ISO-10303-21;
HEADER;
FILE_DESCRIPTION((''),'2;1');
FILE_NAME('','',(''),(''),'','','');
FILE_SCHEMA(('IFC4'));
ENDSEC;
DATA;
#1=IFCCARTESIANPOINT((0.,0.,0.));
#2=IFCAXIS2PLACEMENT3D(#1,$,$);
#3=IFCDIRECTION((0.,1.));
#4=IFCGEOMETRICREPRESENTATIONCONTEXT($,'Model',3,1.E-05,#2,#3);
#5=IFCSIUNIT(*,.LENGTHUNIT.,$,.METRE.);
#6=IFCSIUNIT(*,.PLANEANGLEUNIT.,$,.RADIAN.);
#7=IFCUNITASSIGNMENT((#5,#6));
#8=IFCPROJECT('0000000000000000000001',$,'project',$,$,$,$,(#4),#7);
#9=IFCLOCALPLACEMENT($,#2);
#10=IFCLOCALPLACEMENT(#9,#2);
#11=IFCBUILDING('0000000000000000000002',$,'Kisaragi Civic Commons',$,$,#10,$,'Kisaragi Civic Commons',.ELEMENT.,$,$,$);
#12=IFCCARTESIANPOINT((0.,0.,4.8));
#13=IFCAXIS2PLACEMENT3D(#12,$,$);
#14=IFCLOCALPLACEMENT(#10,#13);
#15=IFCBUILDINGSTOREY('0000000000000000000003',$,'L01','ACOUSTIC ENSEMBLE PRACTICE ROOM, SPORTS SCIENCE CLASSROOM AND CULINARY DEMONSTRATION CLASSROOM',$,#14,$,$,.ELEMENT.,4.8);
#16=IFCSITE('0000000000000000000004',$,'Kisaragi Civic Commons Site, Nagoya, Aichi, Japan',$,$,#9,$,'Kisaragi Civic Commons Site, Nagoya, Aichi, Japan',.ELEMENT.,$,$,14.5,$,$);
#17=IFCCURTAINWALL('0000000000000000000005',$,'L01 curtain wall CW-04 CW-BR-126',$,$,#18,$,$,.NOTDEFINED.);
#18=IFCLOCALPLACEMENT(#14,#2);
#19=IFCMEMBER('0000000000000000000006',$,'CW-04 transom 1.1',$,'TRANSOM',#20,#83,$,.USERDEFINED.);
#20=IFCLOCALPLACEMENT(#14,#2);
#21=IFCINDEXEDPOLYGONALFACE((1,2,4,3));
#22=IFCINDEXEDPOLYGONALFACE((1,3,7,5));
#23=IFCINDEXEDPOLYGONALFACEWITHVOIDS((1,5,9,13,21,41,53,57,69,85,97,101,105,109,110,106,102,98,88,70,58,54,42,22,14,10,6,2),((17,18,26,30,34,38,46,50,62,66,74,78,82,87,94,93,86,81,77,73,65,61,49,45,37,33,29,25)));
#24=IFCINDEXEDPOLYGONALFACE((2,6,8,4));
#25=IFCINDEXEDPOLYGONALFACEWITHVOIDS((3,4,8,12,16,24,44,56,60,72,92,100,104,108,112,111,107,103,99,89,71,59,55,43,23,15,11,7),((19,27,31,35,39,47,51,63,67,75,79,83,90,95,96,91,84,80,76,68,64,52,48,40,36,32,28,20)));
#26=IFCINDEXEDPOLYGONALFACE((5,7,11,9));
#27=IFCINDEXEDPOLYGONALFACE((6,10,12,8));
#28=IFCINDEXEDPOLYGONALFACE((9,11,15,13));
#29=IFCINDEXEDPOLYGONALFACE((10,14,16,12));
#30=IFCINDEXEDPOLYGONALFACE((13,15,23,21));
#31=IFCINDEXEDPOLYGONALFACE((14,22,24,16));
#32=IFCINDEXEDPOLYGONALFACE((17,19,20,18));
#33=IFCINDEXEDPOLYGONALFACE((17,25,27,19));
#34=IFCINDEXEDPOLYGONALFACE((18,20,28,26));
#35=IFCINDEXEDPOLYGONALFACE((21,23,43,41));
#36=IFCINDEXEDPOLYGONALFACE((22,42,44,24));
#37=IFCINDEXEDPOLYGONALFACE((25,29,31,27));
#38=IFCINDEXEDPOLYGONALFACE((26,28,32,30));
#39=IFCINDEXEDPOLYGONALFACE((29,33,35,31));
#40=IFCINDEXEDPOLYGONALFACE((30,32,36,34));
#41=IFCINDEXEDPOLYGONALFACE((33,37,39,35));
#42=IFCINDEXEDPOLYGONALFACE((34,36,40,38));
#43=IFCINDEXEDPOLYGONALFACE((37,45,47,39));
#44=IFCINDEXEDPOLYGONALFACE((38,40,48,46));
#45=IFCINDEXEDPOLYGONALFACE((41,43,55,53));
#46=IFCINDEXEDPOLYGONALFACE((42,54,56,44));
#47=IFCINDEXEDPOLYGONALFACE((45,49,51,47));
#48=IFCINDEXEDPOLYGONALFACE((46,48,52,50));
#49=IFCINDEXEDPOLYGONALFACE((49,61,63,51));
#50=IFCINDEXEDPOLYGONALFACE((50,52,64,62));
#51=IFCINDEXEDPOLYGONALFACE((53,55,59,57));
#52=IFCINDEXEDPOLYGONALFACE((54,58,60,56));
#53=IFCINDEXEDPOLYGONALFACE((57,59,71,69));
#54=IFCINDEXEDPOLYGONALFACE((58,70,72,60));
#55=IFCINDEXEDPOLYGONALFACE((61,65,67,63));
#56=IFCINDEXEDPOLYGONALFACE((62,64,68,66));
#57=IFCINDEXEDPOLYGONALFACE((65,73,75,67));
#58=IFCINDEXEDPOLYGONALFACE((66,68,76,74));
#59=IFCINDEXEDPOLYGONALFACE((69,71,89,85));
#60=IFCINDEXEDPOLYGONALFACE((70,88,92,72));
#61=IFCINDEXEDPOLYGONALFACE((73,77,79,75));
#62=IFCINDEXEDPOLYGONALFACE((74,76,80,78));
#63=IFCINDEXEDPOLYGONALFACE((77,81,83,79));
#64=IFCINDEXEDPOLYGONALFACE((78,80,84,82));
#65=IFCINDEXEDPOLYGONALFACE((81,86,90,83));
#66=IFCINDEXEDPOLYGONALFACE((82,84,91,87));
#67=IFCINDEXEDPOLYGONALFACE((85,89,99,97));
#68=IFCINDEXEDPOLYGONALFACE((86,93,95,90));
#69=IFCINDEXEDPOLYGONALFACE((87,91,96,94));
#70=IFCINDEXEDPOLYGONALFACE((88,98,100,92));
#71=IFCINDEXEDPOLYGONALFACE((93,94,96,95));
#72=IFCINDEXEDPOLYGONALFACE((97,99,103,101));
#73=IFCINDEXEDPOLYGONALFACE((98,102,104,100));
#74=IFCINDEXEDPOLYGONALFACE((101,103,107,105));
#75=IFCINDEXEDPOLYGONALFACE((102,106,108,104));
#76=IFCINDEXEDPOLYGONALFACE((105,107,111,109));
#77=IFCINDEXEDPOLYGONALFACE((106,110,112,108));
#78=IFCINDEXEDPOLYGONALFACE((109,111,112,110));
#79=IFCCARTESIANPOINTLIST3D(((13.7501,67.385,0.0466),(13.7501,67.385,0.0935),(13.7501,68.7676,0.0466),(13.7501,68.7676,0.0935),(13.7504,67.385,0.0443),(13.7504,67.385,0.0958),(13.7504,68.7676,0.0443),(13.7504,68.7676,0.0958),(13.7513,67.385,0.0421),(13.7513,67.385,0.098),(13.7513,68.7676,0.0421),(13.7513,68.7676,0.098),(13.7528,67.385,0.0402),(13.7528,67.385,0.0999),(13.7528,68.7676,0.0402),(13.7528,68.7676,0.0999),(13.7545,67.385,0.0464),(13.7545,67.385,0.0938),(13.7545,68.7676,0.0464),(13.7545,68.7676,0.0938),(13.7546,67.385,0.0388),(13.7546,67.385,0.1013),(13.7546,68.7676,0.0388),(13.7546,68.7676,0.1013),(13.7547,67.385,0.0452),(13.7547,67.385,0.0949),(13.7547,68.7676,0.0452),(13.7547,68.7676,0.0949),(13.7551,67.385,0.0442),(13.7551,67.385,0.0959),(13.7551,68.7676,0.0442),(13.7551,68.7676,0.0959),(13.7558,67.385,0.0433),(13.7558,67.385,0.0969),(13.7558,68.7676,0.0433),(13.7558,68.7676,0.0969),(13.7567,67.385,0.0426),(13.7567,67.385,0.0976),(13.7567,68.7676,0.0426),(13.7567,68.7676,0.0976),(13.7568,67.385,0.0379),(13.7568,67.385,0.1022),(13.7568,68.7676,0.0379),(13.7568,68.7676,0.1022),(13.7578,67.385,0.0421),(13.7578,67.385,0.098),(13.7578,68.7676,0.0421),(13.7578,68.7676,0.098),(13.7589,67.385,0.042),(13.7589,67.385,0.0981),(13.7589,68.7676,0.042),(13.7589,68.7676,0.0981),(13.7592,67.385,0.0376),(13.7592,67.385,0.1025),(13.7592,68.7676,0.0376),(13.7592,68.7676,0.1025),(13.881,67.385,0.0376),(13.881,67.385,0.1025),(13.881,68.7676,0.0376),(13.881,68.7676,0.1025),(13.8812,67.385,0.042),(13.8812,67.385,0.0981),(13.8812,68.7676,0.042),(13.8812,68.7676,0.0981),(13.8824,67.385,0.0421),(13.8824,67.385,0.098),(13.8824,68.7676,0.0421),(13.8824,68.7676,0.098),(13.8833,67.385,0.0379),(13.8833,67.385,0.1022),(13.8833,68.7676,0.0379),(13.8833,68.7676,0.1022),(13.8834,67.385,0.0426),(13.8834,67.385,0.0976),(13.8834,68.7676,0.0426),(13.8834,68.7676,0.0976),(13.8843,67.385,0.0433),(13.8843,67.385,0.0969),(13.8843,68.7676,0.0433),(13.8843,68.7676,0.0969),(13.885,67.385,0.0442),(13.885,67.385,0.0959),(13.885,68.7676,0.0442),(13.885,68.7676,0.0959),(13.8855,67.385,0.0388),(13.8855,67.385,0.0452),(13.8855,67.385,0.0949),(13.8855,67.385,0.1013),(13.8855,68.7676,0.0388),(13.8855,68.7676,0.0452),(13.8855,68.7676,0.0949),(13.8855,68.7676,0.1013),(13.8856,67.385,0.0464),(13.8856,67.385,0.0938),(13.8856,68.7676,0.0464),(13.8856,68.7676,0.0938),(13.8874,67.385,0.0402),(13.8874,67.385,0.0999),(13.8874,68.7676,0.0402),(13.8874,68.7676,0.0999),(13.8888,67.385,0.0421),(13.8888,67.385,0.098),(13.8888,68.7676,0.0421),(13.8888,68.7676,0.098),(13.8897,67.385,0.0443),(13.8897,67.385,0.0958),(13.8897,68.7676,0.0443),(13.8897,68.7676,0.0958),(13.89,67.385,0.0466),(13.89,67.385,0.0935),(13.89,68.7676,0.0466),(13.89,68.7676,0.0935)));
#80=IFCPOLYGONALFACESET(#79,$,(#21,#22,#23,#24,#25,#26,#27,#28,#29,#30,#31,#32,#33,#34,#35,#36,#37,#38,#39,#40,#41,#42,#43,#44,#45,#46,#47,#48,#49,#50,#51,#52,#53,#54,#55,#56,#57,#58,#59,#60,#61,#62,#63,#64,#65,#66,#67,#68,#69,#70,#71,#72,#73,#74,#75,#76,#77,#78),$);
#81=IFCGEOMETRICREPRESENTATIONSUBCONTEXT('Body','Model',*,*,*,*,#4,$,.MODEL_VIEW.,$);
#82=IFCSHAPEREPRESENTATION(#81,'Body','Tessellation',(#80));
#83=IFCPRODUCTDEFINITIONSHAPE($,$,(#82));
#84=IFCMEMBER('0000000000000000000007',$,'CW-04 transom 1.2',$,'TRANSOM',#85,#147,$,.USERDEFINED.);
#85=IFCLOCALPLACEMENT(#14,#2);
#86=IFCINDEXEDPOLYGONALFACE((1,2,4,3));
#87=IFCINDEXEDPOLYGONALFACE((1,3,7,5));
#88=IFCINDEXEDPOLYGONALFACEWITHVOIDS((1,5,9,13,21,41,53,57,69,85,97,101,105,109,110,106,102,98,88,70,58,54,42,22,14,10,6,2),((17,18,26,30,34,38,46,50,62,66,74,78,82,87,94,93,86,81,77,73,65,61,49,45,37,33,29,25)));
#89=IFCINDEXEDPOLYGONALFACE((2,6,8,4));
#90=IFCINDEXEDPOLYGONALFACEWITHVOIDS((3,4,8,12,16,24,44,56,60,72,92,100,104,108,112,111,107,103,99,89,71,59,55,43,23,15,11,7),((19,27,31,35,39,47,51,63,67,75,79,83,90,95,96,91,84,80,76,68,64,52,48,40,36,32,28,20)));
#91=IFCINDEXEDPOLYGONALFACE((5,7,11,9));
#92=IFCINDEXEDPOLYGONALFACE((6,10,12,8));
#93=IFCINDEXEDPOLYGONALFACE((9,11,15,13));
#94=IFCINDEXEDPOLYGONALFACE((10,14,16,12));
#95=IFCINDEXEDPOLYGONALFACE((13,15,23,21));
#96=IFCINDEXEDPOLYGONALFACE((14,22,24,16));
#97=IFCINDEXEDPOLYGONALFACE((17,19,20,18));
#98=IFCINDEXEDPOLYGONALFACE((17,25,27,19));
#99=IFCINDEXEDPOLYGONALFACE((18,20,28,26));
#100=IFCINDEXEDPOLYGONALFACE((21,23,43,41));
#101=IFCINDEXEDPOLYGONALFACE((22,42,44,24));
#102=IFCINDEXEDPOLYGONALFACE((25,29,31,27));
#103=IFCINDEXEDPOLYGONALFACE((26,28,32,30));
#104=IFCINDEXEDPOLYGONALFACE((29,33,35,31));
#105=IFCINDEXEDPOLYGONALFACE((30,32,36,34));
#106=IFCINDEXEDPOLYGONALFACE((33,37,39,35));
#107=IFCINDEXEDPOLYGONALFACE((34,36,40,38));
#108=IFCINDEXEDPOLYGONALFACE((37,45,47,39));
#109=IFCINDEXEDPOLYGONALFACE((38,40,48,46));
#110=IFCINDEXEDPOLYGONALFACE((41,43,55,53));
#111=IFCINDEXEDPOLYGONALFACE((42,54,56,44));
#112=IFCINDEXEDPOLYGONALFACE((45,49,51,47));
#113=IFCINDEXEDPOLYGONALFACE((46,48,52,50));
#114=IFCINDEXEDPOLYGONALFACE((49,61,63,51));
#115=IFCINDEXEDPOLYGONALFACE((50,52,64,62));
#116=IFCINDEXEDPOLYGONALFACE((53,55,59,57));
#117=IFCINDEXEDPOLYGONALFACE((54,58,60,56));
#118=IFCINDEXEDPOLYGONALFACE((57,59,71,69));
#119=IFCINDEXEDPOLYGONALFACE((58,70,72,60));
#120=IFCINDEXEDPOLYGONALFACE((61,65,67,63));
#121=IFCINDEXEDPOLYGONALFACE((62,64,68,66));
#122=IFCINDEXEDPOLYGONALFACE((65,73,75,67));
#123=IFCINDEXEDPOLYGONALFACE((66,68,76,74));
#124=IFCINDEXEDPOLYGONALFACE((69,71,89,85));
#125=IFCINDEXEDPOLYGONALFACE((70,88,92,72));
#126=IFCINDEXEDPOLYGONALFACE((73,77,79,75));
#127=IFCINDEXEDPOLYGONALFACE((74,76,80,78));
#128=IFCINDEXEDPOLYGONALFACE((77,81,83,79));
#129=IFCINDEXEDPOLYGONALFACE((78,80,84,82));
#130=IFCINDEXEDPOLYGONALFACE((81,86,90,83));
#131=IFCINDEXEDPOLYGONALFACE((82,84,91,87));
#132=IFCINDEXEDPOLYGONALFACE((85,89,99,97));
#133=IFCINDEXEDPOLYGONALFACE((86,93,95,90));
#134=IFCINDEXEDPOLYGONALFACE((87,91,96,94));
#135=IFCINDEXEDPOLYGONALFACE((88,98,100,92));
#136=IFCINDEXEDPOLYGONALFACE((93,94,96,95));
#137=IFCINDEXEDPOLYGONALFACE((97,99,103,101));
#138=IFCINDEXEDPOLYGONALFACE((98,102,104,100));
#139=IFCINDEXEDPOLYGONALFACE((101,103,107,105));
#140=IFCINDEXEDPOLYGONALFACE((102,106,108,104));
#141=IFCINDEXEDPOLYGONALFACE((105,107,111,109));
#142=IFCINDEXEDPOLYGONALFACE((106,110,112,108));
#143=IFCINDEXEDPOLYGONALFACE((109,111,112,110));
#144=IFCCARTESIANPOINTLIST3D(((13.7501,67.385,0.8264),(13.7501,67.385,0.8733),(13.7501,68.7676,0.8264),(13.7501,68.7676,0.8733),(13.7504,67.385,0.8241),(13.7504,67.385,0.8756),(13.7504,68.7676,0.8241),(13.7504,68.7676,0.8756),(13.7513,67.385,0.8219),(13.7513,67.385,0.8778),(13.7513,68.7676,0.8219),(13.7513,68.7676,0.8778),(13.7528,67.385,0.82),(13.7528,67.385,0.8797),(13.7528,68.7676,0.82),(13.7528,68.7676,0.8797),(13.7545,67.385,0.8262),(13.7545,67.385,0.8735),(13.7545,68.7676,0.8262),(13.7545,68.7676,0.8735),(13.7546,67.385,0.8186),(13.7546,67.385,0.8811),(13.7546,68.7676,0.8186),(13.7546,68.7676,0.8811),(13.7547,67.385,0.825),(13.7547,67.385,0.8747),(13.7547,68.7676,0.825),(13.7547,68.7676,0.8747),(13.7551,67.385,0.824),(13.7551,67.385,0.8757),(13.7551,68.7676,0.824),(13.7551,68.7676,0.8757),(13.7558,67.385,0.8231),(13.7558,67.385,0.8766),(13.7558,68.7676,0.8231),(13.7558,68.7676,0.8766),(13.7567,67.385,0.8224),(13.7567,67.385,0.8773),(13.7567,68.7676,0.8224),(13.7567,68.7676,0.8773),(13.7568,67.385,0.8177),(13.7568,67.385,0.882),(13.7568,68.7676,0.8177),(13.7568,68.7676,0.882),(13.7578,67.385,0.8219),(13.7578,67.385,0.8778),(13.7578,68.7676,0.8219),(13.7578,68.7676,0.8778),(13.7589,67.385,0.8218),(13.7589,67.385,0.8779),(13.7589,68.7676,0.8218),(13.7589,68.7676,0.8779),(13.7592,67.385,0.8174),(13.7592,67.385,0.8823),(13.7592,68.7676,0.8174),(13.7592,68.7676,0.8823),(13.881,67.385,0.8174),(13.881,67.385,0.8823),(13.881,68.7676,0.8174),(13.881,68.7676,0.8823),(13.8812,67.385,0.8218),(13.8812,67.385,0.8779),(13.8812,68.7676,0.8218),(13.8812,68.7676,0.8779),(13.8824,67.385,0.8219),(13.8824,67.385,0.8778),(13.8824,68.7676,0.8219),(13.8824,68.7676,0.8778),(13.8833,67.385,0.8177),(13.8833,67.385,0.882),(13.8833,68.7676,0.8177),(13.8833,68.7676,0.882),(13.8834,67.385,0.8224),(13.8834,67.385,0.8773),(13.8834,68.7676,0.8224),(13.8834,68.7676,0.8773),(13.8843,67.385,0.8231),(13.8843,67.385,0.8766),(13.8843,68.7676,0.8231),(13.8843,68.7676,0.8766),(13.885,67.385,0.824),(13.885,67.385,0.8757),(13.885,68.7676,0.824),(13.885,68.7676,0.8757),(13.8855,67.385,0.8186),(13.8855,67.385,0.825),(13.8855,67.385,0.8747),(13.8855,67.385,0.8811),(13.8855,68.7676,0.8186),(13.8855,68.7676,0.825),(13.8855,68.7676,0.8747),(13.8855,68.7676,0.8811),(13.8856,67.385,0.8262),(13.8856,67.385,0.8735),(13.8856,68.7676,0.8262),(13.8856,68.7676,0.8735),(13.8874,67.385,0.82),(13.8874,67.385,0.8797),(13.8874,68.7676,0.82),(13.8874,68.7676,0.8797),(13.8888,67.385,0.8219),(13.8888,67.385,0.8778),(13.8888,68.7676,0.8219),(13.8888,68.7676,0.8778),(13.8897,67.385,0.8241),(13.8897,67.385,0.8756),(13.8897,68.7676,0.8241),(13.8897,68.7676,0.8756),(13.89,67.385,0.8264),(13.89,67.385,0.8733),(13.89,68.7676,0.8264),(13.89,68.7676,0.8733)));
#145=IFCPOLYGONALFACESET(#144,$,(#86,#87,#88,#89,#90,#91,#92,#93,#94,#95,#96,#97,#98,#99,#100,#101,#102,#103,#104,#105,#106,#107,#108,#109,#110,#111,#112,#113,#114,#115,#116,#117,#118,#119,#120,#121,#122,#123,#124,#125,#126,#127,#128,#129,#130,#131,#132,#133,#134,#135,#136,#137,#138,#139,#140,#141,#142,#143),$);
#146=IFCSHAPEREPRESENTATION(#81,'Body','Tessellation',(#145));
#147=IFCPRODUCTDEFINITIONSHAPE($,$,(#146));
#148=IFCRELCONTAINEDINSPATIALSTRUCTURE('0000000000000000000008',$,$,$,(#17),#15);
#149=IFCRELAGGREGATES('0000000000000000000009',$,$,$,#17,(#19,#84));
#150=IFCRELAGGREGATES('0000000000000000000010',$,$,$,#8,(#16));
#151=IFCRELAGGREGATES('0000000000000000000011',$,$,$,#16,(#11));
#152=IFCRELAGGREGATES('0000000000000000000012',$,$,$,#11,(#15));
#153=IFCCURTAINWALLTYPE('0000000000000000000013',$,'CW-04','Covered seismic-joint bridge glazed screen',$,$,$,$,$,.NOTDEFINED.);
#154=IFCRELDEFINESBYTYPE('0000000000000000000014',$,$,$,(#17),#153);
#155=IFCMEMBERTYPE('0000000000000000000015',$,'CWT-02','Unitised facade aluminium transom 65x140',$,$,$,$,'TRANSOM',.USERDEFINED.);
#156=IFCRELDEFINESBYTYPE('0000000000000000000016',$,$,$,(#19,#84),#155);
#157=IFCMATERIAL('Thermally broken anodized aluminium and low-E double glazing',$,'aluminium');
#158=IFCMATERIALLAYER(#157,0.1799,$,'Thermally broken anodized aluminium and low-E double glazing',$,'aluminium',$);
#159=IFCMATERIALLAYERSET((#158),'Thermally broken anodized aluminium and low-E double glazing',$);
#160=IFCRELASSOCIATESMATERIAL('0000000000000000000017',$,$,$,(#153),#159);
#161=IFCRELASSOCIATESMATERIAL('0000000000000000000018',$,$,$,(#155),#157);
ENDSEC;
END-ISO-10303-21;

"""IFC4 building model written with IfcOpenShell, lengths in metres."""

from ifc_helpers import new_model, si_unit, direction, frame, origin, origin_2d, place, context, subcontext, project, spatial, hollow_rectangle, extrude, material, layer, layer_set, material_profile, profile_set, type_object, element, aggregate, save


model = new_model("IFC4")

# Units and contexts
model_context = context("Model", 3, precision=1e-05, world=origin(), true_north=direction((0.0, 1.0)))
body_context = subcontext(model_context, "Body", "Model", "MODEL_VIEW")
ifc_project = project(units=[si_unit("LENGTHUNIT", "METRE"), si_unit("PLANEANGLEUNIT", "RADIAN")], contexts=[model_context])

# Site, building, storey
site_placement = place(None, origin())
site = spatial("IfcSite", under=ifc_project, at=site_placement, Name="Kisaragi Civic Commons Site, Nagoya, Aichi, Japan", LongName="Kisaragi Civic Commons Site, Nagoya, Aichi, Japan", CompositionType="ELEMENT", RefElevation=14.5)
building_placement = place(site_placement, origin())
building = spatial("IfcBuilding", under=site, at=building_placement, Name="Kisaragi Civic Commons", LongName="Kisaragi Civic Commons", CompositionType="ELEMENT")
storey_placement = place(building_placement, frame((0.0, 0.0, 4.8)))
storey = spatial("IfcBuildingStorey", under=building, at=storey_placement, Name="L01", Description="ACOUSTIC ENSEMBLE PRACTICE ROOM, SPORTS SCIENCE CLASSROOM AND CULINARY DEMONSTRATION CLASSROOM", CompositionType="ELEMENT", Elevation=4.8)

# Shared definitions
ifc_material_1 = material(Name="Thermally broken anodized aluminium and low-E double glazing", Category="aluminium")
ifc_layer_1 = layer(ifc_material_1, 0.1799, Name="Thermally broken anodized aluminium and low-E double glazing", Category="aluminium")
ifc_layer_set_1 = layer_set([ifc_layer_1], Name="Thermally broken anodized aluminium and low-E double glazing")
curtain_wall_type = type_object("IfcCurtainWallType", Name="CW-04", Description="Covered seismic-joint bridge glazed screen", PredefinedType="NOTDEFINED", material=ifc_layer_set_1)

# Curtain wall
curtain_wall_1_placement = place(storey_placement, origin())
curtain_wall_1 = element("IfcCurtainWall", 1, at=curtain_wall_1_placement, inside=storey, type_object=curtain_wall_type, Name="L01 curtain wall CW-04 CW-BR-126", PredefinedType="NOTDEFINED")

# Members
ifc_material_profile_1 = material_profile(ifc_material_1, hollow_rectangle(XDim=0.1399, YDim=0.0649, WallThickness=0.0044, InnerFilletRadius=0.0044, OuterFilletRadius=0.009, at=origin_2d()), Name="CWT-65x140x4.5", Category="aluminium")
ifc_profile_set_1 = profile_set([ifc_material_profile_1], Name="Thermally broken anodized aluminium and low-E double glazing")
member_type_1 = type_object("IfcMemberType", Name="CWT-02", Description="Unitised facade aluminium transom 65x140", ElementType="TRANSOM", PredefinedType="USERDEFINED", material=ifc_profile_set_1)
member_1_placement = place(storey_placement, frame((13.8201, 67.385, 0.0701), z_axis=(0.0, 1.0, 0.0), x_axis=(-1.0, 0.0, 0.0)))
member_1 = element("IfcMember", 2, at=member_1_placement, type_object=member_type_1, Name="CW-04 transom 1.1", ObjectType="TRANSOM", PredefinedType="USERDEFINED", context=body_context, shape_type="SweptSolid", body=[
    extrude(hollow_rectangle(XDim=0.1399, YDim=0.0649, WallThickness=0.0044, InnerFilletRadius=0.0044, OuterFilletRadius=0.009, at=origin_2d()), origin(), (0.0, 0.0, 1.0), 1.3826),
])
member_2_placement = place(storey_placement, frame((13.8201, 67.385, 0.8499), z_axis=(0.0, 1.0, 0.0), x_axis=(-1.0, 0.0, 0.0)))
member_2 = element("IfcMember", 3, at=member_2_placement, type_object=member_type_1, Name="CW-04 transom 1.2", ObjectType="TRANSOM", PredefinedType="USERDEFINED", context=body_context, shape_type="SweptSolid", body=[
    extrude(hollow_rectangle(XDim=0.1399, YDim=0.0649, WallThickness=0.0044, InnerFilletRadius=0.0044, OuterFilletRadius=0.009, at=origin_2d()), origin(), (0.0, 0.0, 1.0), 1.3826),
])

aggregate(curtain_wall_1, [member_1, member_2])

save(model, "model.ifc")
